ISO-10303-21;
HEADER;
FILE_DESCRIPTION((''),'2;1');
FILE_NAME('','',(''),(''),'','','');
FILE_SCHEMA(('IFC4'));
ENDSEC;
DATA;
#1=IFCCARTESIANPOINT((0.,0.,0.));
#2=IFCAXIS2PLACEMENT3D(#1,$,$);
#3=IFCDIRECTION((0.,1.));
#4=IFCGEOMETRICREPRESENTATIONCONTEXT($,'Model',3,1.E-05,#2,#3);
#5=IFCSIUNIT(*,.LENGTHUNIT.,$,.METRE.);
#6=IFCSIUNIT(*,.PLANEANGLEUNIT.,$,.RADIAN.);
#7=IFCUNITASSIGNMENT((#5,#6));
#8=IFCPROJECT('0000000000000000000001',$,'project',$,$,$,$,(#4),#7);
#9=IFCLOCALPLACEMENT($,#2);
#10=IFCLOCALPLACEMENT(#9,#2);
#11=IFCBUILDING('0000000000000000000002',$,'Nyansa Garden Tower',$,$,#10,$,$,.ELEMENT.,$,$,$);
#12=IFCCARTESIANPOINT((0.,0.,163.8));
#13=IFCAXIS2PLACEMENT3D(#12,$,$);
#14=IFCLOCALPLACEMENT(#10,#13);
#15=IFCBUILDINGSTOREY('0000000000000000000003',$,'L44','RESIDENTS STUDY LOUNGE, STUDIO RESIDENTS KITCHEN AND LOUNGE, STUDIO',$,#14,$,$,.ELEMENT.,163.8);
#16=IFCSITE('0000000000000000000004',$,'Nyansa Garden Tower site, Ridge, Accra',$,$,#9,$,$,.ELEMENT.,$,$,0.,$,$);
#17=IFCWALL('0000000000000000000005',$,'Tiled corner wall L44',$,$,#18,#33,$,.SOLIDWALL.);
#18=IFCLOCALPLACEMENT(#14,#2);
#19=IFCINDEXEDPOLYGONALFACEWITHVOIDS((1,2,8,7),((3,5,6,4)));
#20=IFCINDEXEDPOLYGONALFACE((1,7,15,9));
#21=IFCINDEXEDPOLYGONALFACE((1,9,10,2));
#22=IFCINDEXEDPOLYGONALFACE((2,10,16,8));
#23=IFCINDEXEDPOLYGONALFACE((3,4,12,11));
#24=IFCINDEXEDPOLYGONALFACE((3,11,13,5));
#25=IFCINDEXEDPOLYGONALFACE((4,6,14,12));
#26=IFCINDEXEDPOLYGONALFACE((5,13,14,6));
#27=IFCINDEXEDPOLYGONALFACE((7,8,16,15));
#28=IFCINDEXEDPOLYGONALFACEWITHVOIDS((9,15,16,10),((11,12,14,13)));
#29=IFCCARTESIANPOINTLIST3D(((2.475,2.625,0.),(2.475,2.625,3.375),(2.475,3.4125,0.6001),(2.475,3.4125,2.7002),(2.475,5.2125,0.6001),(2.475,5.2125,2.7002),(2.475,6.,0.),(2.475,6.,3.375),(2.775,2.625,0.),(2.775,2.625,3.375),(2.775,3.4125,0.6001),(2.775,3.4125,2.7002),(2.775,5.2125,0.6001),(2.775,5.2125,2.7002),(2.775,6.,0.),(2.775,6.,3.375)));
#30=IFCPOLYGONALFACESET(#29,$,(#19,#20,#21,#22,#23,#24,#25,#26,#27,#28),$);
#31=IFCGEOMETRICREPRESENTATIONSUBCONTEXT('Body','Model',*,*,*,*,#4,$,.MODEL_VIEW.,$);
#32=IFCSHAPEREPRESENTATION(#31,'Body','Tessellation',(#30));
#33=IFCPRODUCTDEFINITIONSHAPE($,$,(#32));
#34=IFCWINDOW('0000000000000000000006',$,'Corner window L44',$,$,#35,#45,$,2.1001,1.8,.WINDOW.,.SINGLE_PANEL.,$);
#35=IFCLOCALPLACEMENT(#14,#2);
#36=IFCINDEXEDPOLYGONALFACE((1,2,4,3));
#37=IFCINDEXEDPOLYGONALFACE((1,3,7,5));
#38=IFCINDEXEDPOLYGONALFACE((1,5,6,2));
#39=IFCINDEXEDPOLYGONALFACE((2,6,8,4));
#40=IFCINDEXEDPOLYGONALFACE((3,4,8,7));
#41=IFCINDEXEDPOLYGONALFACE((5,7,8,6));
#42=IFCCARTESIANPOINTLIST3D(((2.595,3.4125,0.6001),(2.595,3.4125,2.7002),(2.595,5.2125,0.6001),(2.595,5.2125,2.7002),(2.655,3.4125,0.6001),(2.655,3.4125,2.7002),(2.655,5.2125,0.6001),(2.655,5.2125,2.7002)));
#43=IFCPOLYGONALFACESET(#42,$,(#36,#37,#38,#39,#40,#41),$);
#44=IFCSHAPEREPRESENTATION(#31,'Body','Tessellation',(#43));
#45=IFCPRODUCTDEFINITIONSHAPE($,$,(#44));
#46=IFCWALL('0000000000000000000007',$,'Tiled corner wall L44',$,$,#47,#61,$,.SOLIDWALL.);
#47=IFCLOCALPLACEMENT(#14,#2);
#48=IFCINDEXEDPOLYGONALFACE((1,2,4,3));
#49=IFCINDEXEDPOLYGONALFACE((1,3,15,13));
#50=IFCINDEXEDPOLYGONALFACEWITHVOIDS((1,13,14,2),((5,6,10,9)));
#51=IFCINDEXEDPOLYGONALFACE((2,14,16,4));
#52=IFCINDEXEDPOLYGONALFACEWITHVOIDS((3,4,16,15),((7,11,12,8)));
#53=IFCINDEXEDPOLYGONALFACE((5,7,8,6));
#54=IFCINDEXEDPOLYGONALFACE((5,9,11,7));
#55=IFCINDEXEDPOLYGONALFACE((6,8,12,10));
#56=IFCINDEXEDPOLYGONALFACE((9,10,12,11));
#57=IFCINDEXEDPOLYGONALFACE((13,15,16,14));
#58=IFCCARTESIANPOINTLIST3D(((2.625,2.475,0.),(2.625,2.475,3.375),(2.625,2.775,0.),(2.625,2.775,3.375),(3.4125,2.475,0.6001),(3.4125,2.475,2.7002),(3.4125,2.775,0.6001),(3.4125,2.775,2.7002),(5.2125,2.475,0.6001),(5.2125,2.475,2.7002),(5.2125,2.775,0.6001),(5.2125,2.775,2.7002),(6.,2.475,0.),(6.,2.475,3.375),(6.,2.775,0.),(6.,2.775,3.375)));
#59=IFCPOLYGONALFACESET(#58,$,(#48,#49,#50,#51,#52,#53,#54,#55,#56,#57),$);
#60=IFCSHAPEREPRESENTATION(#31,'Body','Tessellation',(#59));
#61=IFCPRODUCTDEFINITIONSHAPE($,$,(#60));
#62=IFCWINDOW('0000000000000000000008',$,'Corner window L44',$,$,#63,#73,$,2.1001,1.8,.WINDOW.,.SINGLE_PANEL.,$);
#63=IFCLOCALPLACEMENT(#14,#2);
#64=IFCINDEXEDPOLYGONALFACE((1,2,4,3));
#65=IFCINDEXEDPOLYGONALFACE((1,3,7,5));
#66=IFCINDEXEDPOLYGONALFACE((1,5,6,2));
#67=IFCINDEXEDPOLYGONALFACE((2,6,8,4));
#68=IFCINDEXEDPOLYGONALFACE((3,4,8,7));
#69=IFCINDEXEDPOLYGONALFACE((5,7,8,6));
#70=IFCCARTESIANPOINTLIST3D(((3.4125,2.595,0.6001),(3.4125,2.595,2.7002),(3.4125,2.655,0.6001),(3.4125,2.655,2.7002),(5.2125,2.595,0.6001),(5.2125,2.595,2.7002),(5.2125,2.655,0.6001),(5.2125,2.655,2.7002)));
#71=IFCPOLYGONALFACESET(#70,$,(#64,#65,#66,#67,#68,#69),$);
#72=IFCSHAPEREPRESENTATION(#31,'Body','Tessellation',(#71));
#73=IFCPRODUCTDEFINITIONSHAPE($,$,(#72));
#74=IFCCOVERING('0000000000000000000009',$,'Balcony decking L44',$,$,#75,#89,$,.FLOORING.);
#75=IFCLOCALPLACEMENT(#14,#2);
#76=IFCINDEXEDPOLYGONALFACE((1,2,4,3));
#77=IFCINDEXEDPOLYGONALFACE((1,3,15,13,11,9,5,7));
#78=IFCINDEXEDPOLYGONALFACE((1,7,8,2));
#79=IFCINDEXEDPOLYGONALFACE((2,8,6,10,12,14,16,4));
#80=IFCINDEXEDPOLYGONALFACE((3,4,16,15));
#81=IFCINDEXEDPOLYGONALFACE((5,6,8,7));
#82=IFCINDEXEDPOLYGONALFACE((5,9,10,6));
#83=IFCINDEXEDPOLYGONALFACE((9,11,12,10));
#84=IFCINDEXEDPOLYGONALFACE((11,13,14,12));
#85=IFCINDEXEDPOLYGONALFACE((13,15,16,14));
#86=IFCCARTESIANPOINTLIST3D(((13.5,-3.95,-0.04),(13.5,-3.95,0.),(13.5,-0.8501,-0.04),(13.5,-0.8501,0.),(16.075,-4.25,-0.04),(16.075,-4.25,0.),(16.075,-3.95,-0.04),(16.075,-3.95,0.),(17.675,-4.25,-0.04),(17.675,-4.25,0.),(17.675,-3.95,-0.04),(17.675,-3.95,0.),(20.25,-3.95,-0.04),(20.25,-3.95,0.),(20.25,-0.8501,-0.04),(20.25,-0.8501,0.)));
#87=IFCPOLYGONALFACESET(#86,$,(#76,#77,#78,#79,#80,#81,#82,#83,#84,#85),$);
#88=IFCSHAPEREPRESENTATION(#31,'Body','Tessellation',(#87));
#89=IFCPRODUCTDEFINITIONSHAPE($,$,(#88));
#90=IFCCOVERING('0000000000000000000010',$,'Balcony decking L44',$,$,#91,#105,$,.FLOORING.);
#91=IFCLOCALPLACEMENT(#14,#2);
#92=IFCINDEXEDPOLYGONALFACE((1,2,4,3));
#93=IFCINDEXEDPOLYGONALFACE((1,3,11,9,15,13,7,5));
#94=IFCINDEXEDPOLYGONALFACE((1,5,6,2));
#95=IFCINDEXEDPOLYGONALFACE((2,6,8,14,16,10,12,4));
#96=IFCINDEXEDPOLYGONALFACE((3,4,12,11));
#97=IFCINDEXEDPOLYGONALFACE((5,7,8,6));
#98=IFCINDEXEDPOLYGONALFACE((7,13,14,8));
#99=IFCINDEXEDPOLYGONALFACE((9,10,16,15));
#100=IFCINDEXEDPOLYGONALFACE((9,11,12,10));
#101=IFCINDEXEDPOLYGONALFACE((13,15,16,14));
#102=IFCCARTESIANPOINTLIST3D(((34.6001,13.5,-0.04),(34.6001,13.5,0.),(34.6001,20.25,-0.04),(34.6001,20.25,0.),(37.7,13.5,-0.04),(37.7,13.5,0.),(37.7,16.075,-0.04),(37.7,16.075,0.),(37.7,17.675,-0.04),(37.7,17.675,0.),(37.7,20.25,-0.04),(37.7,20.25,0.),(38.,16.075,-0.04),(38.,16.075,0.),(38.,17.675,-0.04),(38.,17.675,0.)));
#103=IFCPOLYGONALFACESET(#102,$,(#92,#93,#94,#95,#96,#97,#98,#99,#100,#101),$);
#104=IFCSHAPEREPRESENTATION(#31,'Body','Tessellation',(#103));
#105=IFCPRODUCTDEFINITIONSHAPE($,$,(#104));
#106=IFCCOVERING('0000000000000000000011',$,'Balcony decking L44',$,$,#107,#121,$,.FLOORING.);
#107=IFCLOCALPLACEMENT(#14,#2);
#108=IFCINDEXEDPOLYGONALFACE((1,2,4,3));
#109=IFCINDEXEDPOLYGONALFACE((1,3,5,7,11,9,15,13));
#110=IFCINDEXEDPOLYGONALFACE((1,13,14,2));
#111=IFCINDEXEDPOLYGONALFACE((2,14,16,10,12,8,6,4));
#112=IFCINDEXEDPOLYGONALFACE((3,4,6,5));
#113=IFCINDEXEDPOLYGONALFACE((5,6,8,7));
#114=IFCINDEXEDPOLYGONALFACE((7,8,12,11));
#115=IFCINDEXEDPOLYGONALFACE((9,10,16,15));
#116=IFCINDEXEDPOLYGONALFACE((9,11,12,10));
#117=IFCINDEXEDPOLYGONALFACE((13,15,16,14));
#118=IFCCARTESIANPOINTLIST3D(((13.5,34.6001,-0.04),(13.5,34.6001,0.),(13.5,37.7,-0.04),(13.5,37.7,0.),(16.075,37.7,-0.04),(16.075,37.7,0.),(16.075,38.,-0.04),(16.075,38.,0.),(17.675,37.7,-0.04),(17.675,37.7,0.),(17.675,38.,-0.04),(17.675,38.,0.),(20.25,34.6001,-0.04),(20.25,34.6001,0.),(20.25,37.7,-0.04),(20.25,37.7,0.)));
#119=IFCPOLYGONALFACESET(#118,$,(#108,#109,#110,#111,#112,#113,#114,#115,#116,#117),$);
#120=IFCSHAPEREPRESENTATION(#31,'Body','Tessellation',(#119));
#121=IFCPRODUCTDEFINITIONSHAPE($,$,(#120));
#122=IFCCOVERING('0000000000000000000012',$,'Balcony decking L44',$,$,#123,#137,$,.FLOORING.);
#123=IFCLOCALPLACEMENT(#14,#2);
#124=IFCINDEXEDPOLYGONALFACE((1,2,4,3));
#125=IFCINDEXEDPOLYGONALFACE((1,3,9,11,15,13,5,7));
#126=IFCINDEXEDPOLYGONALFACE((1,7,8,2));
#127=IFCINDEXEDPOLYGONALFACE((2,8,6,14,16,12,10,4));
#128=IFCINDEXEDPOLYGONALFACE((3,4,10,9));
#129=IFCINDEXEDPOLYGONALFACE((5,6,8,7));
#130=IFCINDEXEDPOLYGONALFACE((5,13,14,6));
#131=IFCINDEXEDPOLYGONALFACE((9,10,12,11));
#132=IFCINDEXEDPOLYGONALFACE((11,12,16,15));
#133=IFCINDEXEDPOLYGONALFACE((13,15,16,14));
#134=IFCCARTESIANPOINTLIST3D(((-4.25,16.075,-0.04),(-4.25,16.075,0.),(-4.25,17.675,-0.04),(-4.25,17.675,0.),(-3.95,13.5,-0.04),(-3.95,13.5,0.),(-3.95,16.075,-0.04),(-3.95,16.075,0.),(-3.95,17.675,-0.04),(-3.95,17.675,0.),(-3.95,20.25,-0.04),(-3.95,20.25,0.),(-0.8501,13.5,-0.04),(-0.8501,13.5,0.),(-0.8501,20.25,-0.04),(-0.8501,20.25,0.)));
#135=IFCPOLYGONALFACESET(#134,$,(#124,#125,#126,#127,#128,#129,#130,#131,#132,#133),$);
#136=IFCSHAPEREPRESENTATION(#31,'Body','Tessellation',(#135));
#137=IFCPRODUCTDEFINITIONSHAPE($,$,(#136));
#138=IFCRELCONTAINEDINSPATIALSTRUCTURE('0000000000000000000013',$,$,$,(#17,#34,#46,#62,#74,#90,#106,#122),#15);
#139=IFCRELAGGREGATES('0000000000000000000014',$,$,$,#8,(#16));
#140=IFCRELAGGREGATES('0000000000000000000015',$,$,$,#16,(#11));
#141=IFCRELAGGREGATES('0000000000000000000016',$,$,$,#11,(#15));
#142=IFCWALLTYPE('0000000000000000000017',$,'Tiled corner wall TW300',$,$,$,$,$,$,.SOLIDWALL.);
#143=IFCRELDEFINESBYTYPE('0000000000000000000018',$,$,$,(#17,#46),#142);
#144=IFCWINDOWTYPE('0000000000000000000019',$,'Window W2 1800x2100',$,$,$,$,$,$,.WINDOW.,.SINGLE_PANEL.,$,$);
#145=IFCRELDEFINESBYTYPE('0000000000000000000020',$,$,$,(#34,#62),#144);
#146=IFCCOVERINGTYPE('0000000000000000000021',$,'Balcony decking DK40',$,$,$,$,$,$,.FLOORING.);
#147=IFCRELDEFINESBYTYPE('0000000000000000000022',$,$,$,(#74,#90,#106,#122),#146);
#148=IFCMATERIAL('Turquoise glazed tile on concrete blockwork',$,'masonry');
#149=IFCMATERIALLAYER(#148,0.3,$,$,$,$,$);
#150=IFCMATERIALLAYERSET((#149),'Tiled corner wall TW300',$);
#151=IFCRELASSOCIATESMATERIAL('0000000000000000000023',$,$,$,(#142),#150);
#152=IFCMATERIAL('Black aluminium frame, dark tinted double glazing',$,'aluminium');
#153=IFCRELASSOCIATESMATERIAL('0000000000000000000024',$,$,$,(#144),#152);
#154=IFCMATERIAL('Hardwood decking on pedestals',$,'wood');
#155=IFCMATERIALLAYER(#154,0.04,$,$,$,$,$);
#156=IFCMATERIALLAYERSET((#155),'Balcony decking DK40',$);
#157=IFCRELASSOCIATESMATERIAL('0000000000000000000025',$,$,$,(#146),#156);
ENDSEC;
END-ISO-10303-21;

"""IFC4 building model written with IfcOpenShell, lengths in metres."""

from ifc_helpers import new_model, si_unit, direction, frame, frame_2d, origin, place, context, subcontext, project, spatial, polyline, rectangle, outline, extrude, material, layer, layer_set, type_object, element, fill, save


model = new_model("IFC4")

# Units and contexts
model_context = context("Model", 3, precision=1e-05, world=origin(), true_north=direction((0.0, 1.0)))
body_context = subcontext(model_context, "Body", "Model", "MODEL_VIEW")
ifc_project = project(units=[si_unit("LENGTHUNIT", "METRE"), si_unit("PLANEANGLEUNIT", "RADIAN")], contexts=[model_context])

# Site, building, storey
site_placement = place(None, origin())
site = spatial("IfcSite", under=ifc_project, at=site_placement, Name="Nyansa Garden Tower site, Ridge, Accra", CompositionType="ELEMENT", RefElevation=0.0)
building_placement = place(site_placement, origin())
building = spatial("IfcBuilding", under=site, at=building_placement, Name="Nyansa Garden Tower", CompositionType="ELEMENT")
storey_placement = place(building_placement, frame((0.0, 0.0, 163.8)))
storey = spatial("IfcBuildingStorey", under=building, at=storey_placement, Name="L44", Description="RESIDENTS STUDY LOUNGE, STUDIO RESIDENTS KITCHEN AND LOUNGE, STUDIO", CompositionType="ELEMENT", Elevation=163.8)

# Walls, openings, windows
ifc_material_1 = material(Name="Turquoise glazed tile on concrete blockwork", Category="masonry")
ifc_layer_1 = layer(ifc_material_1, 0.3)
ifc_layer_set_1 = layer_set([ifc_layer_1], Name="Tiled corner wall TW300")
wall_type = type_object("IfcWallType", Name="Tiled corner wall TW300", PredefinedType="SOLIDWALL", material=ifc_layer_set_1)
wall_1_placement = place(storey_placement, frame((2.625, 6.0, 0.0), z_axis=(0.0, 0.0, 1.0), x_axis=(0.0, -1.0, 0.0)))
wall_1 = element("IfcWall", 1, at=wall_1_placement, inside=storey, type_object=wall_type, Name="Tiled corner wall L44", PredefinedType="SOLIDWALL", context=body_context, shape_type="SweptSolid", body=[
    extrude(rectangle(XDim=3.375, YDim=0.3, at=frame_2d((1.6875, 0.0))), origin(), (0.0, 0.0, 1.0), 3.375),
])
opening_1_placement = place(wall_1_placement, frame((0.7876, 0.0, 0.6001)))
opening_1 = element("IfcOpeningElement", 2, at=opening_1_placement, cuts=wall_1, PredefinedType="OPENING", context=body_context, shape_type="SweptSolid", body=[
    extrude(rectangle(XDim=1.8, YDim=2.1001, at=frame_2d((0.8999, 1.05))), frame((0.0, 0.1599, 0.0), z_axis=(0.0, -1.0, 0.0), x_axis=(1.0, 0.0, 0.0)), (0.0, 0.0, 1.0), 0.3201),
])
ifc_material_2 = material(Name="Black aluminium frame, dark tinted double glazing", Category="aluminium")
window_type_1 = type_object("IfcWindowType", Name="Window W2 1800x2100", PartitioningType="SINGLE_PANEL", PredefinedType="WINDOW", material=ifc_material_2)
window_1_placement = place(opening_1_placement, origin())
window_1 = element("IfcWindow", 3, at=window_1_placement, inside=storey, type_object=window_type_1, Name="Corner window L44", OverallHeight=2.1001, OverallWidth=1.8, PartitioningType="SINGLE_PANEL", PredefinedType="WINDOW", context=body_context, shape_type="SweptSolid", body=[
    extrude(rectangle(XDim=1.8, YDim=2.1001, at=frame_2d((0.8999, 1.05))), frame((0.0, 0.03, 0.0), z_axis=(0.0, -1.0, 0.0), x_axis=(1.0, 0.0, 0.0)), (0.0, 0.0, 1.0), 0.0601),
])
fill(opening_1, window_1)
wall_2_placement = place(storey_placement, frame((2.625, 2.625, 0.0), z_axis=(0.0, 0.0, 1.0), x_axis=(1.0, 0.0, 0.0)))
wall_2 = element("IfcWall", 4, at=wall_2_placement, inside=storey, type_object=wall_type, Name="Tiled corner wall L44", PredefinedType="SOLIDWALL", context=body_context, shape_type="SweptSolid", body=[
    extrude(rectangle(XDim=3.375, YDim=0.3, at=frame_2d((1.6875, 0.0))), origin(), (0.0, 0.0, 1.0), 3.375),
])
opening_2_placement = place(wall_2_placement, frame((0.7876, 0.0, 0.6001)))
opening_2 = element("IfcOpeningElement", 5, at=opening_2_placement, cuts=wall_2, PredefinedType="OPENING", context=body_context, shape_type="SweptSolid", body=[
    extrude(rectangle(XDim=1.8, YDim=2.1001, at=frame_2d((0.8999, 1.05))), frame((0.0, 0.1599, 0.0), z_axis=(0.0, -1.0, 0.0), x_axis=(1.0, 0.0, 0.0)), (0.0, 0.0, 1.0), 0.3201),
])
window_2_placement = place(opening_2_placement, origin())
window_2 = element("IfcWindow", 6, at=window_2_placement, inside=storey, type_object=window_type_1, Name="Corner window L44", OverallHeight=2.1001, OverallWidth=1.8, PartitioningType="SINGLE_PANEL", PredefinedType="WINDOW", context=body_context, shape_type="SweptSolid", body=[
    extrude(rectangle(XDim=1.8, YDim=2.1001, at=frame_2d((0.8999, 1.05))), frame((0.0, 0.03, 0.0), z_axis=(0.0, -1.0, 0.0), x_axis=(1.0, 0.0, 0.0)), (0.0, 0.0, 1.0), 0.0601),
])
fill(opening_2, window_2)

# Coverings
ifc_material_3 = material(Name="Hardwood decking on pedestals", Category="wood")
ifc_layer_2 = layer(ifc_material_3, 0.04)
ifc_layer_set_2 = layer_set([ifc_layer_2], Name="Balcony decking DK40")
covering_type = type_object("IfcCoveringType", Name="Balcony decking DK40", PredefinedType="FLOORING", material=ifc_layer_set_2)
covering_1_placement = place(storey_placement, frame((0.0, 0.0, -0.04)))
element("IfcCovering", 7, at=covering_1_placement, inside=storey, type_object=covering_type, Name="Balcony decking L44", PredefinedType="FLOORING", context=body_context, shape_type="SweptSolid", body=[
    extrude(outline(polyline([(13.5, -0.8501), (20.25, -0.8501), (20.25, -3.95), (17.675, -3.95), (17.675, -4.25), (16.075, -4.25), (16.075, -3.95), (13.5, -3.95), (13.5, -0.8501)])), origin(), (0.0, 0.0, 1.0), 0.04),
])
covering_2_placement = place(storey_placement, frame((0.0, 0.0, -0.04)))
element("IfcCovering", 8, at=covering_2_placement, inside=storey, type_object=covering_type, Name="Balcony decking L44", PredefinedType="FLOORING", context=body_context, shape_type="SweptSolid", body=[
    extrude(outline(polyline([(34.6001, 13.5), (34.6001, 20.25), (37.7, 20.25), (37.7, 17.675), (38.0, 17.675), (38.0, 16.075), (37.7, 16.075), (37.7, 13.5), (34.6001, 13.5)])), origin(), (0.0, 0.0, 1.0), 0.04),
])
covering_3_placement = place(storey_placement, frame((0.0, 0.0, -0.04)))
element("IfcCovering", 9, at=covering_3_placement, inside=storey, type_object=covering_type, Name="Balcony decking L44", PredefinedType="FLOORING", context=body_context, shape_type="SweptSolid", body=[
    extrude(outline(polyline([(13.5, 34.6001), (20.25, 34.6001), (20.25, 37.7), (17.675, 37.7), (17.675, 38.0), (16.075, 38.0), (16.075, 37.7), (13.5, 37.7), (13.5, 34.6001)])), origin(), (0.0, 0.0, 1.0), 0.04),
])
covering_4_placement = place(storey_placement, frame((0.0, 0.0, -0.04)))
element("IfcCovering", 10, at=covering_4_placement, inside=storey, type_object=covering_type, Name="Balcony decking L44", PredefinedType="FLOORING", context=body_context, shape_type="SweptSolid", body=[
    extrude(outline(polyline([(-0.8501, 13.5), (-0.8501, 20.25), (-3.95, 20.25), (-3.95, 17.675), (-4.25, 17.675), (-4.25, 16.075), (-3.95, 16.075), (-3.95, 13.5), (-0.8501, 13.5)])), origin(), (0.0, 0.0, 1.0), 0.04),
])

save(model, "model.ifc")
